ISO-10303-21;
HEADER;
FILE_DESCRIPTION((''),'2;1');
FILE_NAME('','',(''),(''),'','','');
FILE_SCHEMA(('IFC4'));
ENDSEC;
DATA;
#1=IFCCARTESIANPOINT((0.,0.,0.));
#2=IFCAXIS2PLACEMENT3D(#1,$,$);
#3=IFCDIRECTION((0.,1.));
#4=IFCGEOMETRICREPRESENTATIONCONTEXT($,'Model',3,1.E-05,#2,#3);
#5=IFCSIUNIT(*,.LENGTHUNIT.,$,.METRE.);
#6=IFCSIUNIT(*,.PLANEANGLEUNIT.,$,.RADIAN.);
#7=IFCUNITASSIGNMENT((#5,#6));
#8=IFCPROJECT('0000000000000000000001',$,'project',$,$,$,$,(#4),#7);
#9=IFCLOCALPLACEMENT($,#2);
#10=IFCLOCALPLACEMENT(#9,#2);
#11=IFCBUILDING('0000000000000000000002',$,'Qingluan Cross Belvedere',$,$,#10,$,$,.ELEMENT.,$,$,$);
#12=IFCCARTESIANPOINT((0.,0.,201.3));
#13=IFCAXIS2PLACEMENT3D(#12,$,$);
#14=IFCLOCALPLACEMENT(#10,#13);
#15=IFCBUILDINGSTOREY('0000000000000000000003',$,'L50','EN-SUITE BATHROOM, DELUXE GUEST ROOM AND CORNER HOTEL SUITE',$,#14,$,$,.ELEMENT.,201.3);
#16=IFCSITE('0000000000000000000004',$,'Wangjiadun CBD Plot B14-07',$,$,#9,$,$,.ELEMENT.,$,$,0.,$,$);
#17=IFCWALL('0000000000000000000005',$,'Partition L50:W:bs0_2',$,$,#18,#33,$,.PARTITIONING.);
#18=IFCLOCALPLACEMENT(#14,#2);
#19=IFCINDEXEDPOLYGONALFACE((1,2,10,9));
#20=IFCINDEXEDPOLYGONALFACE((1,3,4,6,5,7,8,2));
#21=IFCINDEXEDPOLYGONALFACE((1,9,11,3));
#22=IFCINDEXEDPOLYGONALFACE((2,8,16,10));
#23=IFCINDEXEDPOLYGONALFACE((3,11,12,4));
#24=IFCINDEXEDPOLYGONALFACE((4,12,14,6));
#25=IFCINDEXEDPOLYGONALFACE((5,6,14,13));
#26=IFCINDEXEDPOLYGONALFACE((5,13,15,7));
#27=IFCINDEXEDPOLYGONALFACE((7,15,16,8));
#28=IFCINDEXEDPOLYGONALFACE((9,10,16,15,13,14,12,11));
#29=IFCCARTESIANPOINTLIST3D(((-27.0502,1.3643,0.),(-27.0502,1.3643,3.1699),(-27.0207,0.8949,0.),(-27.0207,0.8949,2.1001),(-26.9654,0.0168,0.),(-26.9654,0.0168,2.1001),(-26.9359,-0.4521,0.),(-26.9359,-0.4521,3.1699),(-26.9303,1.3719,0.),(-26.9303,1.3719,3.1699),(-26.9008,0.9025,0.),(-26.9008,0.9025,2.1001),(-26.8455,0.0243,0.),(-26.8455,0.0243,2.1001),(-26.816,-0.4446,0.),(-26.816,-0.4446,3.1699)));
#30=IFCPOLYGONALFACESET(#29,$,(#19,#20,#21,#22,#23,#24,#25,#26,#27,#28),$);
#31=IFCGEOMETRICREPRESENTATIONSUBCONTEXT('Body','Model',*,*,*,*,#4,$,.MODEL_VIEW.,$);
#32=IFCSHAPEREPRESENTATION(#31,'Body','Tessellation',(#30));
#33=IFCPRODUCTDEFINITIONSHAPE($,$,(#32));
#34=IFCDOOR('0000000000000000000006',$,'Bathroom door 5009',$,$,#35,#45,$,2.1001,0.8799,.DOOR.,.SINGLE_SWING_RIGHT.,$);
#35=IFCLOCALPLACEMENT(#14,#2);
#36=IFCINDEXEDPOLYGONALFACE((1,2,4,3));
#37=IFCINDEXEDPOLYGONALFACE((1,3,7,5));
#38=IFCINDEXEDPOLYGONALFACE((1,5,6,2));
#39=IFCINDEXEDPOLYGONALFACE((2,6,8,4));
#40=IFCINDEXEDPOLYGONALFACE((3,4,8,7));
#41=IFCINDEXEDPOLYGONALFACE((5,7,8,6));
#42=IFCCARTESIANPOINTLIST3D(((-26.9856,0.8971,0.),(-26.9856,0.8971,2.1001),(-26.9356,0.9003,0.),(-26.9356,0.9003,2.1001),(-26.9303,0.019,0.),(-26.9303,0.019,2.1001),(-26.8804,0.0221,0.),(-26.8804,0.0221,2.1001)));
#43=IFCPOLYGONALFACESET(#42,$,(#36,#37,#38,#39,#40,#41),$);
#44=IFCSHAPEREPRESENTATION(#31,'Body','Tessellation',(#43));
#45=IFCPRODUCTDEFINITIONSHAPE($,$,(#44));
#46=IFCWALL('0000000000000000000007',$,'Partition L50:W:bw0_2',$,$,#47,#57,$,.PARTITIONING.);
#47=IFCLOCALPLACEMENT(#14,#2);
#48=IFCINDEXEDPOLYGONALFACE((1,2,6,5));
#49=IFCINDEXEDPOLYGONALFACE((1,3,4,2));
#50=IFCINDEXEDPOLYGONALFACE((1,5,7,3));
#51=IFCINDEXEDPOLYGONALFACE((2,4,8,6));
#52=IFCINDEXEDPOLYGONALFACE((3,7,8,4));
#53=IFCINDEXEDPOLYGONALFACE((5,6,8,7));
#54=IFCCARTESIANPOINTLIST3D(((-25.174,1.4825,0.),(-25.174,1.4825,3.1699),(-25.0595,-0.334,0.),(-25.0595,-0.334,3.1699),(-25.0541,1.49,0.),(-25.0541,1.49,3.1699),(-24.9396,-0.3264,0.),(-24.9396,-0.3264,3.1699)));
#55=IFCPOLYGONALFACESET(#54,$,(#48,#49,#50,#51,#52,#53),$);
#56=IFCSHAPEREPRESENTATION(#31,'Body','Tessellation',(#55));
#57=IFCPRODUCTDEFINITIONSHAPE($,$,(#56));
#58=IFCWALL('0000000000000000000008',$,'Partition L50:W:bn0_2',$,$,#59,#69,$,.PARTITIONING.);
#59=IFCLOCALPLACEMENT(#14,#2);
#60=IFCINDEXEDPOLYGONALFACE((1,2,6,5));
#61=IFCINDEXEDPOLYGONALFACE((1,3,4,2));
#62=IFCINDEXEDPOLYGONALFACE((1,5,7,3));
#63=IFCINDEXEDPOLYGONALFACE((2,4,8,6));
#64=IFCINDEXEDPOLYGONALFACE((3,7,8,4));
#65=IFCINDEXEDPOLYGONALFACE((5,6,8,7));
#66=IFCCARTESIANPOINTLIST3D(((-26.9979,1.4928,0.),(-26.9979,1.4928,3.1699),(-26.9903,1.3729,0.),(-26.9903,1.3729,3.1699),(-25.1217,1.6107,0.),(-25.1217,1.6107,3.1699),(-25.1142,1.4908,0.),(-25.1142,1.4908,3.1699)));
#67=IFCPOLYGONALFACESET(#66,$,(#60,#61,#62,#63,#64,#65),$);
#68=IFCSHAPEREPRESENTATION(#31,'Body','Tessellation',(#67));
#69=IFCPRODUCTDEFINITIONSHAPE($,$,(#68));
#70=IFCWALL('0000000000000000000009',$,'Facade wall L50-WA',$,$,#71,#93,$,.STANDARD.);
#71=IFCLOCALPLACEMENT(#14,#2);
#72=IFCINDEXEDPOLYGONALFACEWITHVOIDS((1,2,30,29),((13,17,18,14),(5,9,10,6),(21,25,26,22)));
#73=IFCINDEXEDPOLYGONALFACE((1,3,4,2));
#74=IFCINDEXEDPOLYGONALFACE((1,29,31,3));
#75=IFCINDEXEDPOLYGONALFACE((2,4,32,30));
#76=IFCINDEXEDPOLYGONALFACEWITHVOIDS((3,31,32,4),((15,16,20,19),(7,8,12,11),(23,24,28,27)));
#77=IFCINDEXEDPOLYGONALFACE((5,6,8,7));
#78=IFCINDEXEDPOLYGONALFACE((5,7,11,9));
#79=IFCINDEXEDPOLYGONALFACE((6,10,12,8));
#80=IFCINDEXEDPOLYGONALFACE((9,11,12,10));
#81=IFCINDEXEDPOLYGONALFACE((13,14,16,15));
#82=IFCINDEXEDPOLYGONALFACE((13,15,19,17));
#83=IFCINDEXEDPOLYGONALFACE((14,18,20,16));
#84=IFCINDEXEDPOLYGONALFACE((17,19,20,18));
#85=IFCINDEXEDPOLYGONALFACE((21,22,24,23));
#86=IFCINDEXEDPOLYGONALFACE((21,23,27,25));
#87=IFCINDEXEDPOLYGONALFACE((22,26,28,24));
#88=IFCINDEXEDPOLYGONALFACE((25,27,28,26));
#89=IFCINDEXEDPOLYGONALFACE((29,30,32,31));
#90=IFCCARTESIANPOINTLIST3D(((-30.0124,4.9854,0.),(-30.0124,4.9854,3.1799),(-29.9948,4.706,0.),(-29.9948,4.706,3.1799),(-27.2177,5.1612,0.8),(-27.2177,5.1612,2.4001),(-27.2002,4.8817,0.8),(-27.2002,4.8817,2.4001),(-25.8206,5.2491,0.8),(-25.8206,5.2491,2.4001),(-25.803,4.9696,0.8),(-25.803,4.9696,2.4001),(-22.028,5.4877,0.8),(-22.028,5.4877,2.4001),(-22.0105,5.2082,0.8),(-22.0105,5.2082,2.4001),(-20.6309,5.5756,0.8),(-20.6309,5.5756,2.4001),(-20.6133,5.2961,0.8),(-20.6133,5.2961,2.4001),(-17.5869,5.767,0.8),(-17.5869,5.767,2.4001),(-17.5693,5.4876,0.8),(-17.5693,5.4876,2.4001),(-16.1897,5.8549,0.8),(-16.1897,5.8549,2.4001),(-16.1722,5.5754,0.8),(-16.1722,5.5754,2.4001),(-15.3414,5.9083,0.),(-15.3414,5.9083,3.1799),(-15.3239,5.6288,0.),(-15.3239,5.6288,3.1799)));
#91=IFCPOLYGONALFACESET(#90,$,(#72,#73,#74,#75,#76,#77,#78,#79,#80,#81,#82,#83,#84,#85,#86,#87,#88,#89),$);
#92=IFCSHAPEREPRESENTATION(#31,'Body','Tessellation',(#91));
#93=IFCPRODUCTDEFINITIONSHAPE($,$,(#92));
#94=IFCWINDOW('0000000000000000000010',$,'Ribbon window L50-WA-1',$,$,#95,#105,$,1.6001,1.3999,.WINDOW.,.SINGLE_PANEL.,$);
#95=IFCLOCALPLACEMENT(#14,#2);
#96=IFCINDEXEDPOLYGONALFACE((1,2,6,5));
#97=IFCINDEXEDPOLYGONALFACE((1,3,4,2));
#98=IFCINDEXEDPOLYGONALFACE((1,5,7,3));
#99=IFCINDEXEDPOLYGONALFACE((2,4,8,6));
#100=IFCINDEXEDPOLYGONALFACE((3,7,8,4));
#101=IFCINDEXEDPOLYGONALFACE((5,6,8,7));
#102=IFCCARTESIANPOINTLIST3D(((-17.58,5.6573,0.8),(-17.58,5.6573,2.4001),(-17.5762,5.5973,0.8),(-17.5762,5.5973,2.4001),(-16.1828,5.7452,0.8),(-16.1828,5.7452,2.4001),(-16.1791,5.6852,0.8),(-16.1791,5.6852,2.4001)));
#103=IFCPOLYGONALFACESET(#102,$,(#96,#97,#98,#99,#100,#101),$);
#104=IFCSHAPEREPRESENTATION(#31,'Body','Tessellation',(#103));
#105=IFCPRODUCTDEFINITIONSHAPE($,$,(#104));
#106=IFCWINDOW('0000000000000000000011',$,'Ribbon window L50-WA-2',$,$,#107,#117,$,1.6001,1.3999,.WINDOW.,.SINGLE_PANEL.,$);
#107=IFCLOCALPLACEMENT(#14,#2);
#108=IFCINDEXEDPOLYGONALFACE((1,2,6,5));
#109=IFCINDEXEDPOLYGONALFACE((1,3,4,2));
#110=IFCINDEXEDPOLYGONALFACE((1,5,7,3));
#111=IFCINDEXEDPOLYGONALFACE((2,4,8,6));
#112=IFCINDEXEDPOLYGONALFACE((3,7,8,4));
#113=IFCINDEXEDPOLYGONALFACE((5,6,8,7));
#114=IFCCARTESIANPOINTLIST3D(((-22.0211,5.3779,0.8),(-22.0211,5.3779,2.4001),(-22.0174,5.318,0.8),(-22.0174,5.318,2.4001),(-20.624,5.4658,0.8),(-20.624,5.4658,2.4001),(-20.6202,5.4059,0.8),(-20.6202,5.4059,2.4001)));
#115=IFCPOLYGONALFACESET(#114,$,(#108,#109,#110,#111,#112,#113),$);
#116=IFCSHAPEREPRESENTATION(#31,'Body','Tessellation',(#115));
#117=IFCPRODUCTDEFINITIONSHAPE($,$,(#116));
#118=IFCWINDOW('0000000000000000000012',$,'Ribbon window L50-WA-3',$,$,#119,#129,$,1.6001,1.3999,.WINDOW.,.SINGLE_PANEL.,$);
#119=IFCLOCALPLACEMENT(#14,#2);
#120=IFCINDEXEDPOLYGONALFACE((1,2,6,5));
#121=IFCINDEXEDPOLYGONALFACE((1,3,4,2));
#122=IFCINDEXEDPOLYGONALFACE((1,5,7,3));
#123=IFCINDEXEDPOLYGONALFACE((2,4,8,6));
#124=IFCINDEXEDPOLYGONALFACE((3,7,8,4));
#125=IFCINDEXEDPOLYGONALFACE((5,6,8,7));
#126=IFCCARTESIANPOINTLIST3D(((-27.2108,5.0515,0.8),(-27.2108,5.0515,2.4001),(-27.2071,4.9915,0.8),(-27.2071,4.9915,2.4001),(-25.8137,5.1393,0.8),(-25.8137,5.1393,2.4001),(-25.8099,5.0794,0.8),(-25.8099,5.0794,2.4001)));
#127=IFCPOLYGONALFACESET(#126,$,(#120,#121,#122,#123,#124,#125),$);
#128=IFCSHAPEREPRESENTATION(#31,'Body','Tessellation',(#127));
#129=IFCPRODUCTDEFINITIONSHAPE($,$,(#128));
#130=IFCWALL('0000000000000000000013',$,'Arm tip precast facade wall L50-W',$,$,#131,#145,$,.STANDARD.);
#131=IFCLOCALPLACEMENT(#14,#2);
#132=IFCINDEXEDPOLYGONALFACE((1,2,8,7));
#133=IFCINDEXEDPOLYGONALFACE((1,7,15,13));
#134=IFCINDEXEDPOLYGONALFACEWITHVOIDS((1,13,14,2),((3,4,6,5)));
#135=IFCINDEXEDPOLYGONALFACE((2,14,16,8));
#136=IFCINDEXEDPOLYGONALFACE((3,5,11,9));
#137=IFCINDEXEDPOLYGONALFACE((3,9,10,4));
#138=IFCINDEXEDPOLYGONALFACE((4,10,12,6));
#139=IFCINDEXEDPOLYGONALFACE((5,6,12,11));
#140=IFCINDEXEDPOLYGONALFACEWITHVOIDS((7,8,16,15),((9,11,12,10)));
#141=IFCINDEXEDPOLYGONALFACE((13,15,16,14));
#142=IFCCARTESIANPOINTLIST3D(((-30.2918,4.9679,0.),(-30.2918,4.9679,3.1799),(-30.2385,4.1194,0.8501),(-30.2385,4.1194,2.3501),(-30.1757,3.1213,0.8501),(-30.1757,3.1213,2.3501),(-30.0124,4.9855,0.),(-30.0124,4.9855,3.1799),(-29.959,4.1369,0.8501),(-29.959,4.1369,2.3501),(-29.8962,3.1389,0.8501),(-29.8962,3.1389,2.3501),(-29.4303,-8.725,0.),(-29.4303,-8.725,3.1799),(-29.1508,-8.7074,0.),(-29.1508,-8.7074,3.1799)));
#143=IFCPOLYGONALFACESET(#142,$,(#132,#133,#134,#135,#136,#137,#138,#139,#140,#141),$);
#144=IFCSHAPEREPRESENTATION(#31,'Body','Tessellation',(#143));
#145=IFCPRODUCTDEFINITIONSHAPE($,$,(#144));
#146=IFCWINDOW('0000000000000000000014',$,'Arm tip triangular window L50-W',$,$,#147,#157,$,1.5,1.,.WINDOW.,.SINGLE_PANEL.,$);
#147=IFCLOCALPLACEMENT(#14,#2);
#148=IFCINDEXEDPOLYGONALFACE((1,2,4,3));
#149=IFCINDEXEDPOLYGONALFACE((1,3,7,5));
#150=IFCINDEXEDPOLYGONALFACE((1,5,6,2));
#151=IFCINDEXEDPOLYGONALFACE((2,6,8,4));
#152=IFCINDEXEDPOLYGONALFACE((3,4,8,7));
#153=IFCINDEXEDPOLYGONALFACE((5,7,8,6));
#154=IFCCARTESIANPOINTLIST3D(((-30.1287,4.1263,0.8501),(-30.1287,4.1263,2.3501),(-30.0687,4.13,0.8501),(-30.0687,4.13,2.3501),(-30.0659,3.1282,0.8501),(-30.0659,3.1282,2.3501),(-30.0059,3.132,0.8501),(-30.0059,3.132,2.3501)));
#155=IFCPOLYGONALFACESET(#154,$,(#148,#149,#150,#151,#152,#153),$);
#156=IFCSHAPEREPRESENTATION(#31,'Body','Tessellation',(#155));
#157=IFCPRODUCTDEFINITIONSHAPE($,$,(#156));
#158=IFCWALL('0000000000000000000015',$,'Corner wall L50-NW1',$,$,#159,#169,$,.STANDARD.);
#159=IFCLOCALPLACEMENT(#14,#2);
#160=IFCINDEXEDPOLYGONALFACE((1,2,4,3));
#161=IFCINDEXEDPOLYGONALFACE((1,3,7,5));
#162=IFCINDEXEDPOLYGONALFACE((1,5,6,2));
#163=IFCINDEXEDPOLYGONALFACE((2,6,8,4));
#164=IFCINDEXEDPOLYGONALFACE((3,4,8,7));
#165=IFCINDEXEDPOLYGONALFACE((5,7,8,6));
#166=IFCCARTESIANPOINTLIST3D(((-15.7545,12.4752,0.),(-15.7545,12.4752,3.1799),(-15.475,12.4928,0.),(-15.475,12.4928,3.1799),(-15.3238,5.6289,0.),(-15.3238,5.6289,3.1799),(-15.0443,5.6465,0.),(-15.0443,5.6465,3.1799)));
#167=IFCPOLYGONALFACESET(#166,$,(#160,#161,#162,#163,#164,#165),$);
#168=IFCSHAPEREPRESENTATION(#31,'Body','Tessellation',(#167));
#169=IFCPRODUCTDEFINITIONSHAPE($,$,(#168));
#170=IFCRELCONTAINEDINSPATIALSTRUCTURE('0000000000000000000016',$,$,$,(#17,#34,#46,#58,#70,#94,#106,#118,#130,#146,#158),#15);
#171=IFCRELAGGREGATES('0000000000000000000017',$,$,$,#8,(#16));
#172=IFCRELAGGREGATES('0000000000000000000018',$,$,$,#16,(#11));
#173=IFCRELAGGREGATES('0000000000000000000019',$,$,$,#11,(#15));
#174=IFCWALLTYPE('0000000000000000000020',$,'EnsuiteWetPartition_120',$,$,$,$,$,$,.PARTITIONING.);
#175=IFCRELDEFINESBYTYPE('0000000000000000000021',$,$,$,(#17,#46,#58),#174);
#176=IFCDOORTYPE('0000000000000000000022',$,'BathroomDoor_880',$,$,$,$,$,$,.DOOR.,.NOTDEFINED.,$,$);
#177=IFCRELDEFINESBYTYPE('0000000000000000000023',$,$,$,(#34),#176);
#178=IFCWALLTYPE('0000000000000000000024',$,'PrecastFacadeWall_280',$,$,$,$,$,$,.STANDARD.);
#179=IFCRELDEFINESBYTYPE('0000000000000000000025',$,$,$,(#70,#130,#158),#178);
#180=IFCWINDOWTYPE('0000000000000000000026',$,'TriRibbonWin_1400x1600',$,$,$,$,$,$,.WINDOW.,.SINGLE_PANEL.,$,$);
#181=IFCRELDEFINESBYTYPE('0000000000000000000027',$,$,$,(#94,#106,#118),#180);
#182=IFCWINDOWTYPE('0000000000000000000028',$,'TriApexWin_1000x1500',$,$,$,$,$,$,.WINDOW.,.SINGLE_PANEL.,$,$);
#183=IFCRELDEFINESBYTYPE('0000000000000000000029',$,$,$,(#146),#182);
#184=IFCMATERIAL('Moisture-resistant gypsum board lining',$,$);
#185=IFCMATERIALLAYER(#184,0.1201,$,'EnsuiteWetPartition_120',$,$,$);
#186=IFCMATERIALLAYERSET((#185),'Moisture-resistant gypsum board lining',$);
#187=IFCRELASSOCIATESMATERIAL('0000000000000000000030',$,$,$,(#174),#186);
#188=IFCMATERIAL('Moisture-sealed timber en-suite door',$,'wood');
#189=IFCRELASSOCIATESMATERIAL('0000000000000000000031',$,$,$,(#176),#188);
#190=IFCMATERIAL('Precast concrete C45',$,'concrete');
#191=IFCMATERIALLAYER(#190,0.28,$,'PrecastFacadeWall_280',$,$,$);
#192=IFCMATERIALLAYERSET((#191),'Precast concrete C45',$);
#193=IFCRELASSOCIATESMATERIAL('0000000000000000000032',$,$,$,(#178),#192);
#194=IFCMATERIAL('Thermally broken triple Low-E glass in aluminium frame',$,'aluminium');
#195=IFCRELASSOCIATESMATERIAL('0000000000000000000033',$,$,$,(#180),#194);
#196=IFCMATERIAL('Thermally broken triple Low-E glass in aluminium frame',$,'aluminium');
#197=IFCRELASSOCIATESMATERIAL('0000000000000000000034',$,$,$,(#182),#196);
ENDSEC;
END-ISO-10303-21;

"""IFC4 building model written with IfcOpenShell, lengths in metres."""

from ifc_helpers import new_model, si_unit, direction, frame, frame_2d, origin, place, context, subcontext, project, spatial, rectangle, extrude, material, layer, layer_set, type_object, element, fill, save


model = new_model("IFC4")

# Units and contexts
model_context = context("Model", 3, precision=1e-05, world=origin(), true_north=direction((0.0, 1.0)))
body_context = subcontext(model_context, "Body", "Model", "MODEL_VIEW")
ifc_project = project(units=[si_unit("LENGTHUNIT", "METRE"), si_unit("PLANEANGLEUNIT", "RADIAN")], contexts=[model_context])

# Site, building, storey
site_placement = place(None, origin())
site = spatial("IfcSite", under=ifc_project, at=site_placement, Name="Wangjiadun CBD Plot B14-07", CompositionType="ELEMENT", RefElevation=0.0)
building_placement = place(site_placement, origin())
building = spatial("IfcBuilding", under=site, at=building_placement, Name="Qingluan Cross Belvedere", CompositionType="ELEMENT")
storey_placement = place(building_placement, frame((0.0, 0.0, 201.3)))
storey = spatial("IfcBuildingStorey", under=building, at=storey_placement, Name="L50", Description="EN-SUITE BATHROOM, DELUXE GUEST ROOM AND CORNER HOTEL SUITE", CompositionType="ELEMENT", Elevation=201.3)

# Shared definitions
ifc_material_1 = material(Name="Moisture-resistant gypsum board lining")
ifc_layer_1 = layer(ifc_material_1, 0.1201, Name="EnsuiteWetPartition_120")
ifc_layer_set_1 = layer_set([ifc_layer_1], Name="Moisture-resistant gypsum board lining")
wall_type_1 = type_object("IfcWallType", Name="EnsuiteWetPartition_120", PredefinedType="PARTITIONING", material=ifc_layer_set_1)
ifc_material_2 = material(Name="Moisture-sealed timber en-suite door", Category="wood")
door_type_1 = type_object("IfcDoorType", Name="BathroomDoor_880", OperationType="NOTDEFINED", PredefinedType="DOOR", material=ifc_material_2)

# Wall, opening, door
wall_1_placement = place(storey_placement, frame((-26.876, -0.4485, 0.0), z_axis=(0.0, 0.0, 1.0), x_axis=(-0.062779, 0.998027, 0.0)))
wall_1 = element("IfcWall", 1, at=wall_1_placement, inside=storey, type_object=wall_type_1, Name="Partition L50:W:bs0_2", PredefinedType="PARTITIONING", context=body_context, shape_type="SweptSolid", body=[
    extrude(rectangle(XDim=1.8201, YDim=0.1201, at=frame_2d((0.9102, 0.0))), origin(), (0.0, 0.0, 1.0), 3.1699),
])
opening_1_placement = place(wall_1_placement, frame((0.47, 0.0, 0.0)))
opening_1 = element("IfcOpeningElement", 2, at=opening_1_placement, cuts=wall_1, PredefinedType="OPENING", context=body_context, shape_type="SweptSolid", body=[
    extrude(rectangle(XDim=0.8799, YDim=2.1001, at=frame_2d((0.4399, 1.05))), frame((0.0, 0.0701, 0.0), z_axis=(0.0, -1.0, 0.0), x_axis=(1.0, 0.0, 0.0)), (0.0, 0.0, 1.0), 0.1401),
])
door_1_placement = place(opening_1_placement, origin())
door_1 = element("IfcDoor", 3, at=door_1_placement, inside=storey, type_object=door_type_1, Name="Bathroom door 5009", OperationType="SINGLE_SWING_RIGHT", OverallHeight=2.1001, OverallWidth=0.8799, PredefinedType="DOOR", context=body_context, shape_type="SweptSolid", body=[
    extrude(rectangle(XDim=0.8799, YDim=2.1001, at=frame_2d((0.4399, 1.05))), frame((0.0, 0.0249, 0.0), z_axis=(0.0, -1.0, 0.0), x_axis=(1.0, 0.0, 0.0)), (0.0, 0.0, 1.0), 0.05),
])
fill(opening_1, door_1)

# Walls
wall_2_placement = place(storey_placement, frame((-24.9995, -0.3303, 0.0), z_axis=(0.0, 0.0, 1.0), x_axis=(-0.062913, 0.998019, 0.0)))
element("IfcWall", 4, at=wall_2_placement, inside=storey, type_object=wall_type_1, Name="Partition L50:W:bw0_2", PredefinedType="PARTITIONING", context=body_context, shape_type="SweptSolid", body=[
    extrude(rectangle(XDim=1.8201, YDim=0.1201, at=frame_2d((0.9102, 0.0))), origin(), (0.0, 0.0, 1.0), 3.1699),
])
wall_3_placement = place(storey_placement, frame((-25.1179, 1.5508, 0.0), z_axis=(0.0, 0.0, 1.0), x_axis=(-0.998031, -0.062726, 0.0)))
element("IfcWall", 5, at=wall_3_placement, inside=storey, type_object=wall_type_1, Name="Partition L50:W:bn0_2", PredefinedType="PARTITIONING", context=body_context, shape_type="SweptSolid", body=[
    extrude(rectangle(XDim=1.8799, YDim=0.1201, at=frame_2d((0.9399, 0.0))), origin(), (0.0, 0.0, 1.0), 3.1699),
])

# Wall, openings, windows
ifc_material_3 = material(Name="Precast concrete C45", Category="concrete")
ifc_layer_2 = layer(ifc_material_3, 0.28, Name="PrecastFacadeWall_280")
ifc_layer_set_2 = layer_set([ifc_layer_2], Name="Precast concrete C45")
wall_type_2 = type_object("IfcWallType", Name="PrecastFacadeWall_280", PredefinedType="STANDARD", material=ifc_layer_set_2)
wall_4_placement = place(storey_placement, frame((-15.3325, 5.7686, 0.0), z_axis=(0.0, 0.0, 1.0), x_axis=(-0.998027, -0.062779, 0.0)))
wall_4 = element("IfcWall", 6, at=wall_4_placement, inside=storey, type_object=wall_type_2, Name="Facade wall L50-WA", PredefinedType="STANDARD", context=body_context, shape_type="SweptSolid", body=[
    extrude(rectangle(XDim=14.7, YDim=0.28, at=frame_2d((7.3501, 0.0))), origin(), (0.0, 0.0, 1.0), 3.1799),
])
opening_2_placement = place(wall_4_placement, frame((0.8501, 0.0, 0.8)))
opening_2 = element("IfcOpeningElement", 7, at=opening_2_placement, cuts=wall_4, PredefinedType="OPENING", context=body_context, shape_type="SweptSolid", body=[
    extrude(rectangle(XDim=1.3999, YDim=1.6001, at=frame_2d((0.7, 0.8))), frame((0.0, 0.1499, 0.0), z_axis=(0.0, -1.0, 0.0), x_axis=(1.0, 0.0, 0.0)), (0.0, 0.0, 1.0), 0.3),
])
opening_3_placement = place(wall_4_placement, frame((5.3, 0.0, 0.8)))
opening_3 = element("IfcOpeningElement", 8, at=opening_3_placement, cuts=wall_4, PredefinedType="OPENING", context=body_context, shape_type="SweptSolid", body=[
    extrude(rectangle(XDim=1.3999, YDim=1.6001, at=frame_2d((0.7, 0.8))), frame((0.0, 0.1499, 0.0), z_axis=(0.0, -1.0, 0.0), x_axis=(1.0, 0.0, 0.0)), (0.0, 0.0, 1.0), 0.3),
])
opening_4_placement = place(wall_4_placement, frame((10.5, 0.0, 0.8)))
opening_4 = element("IfcOpeningElement", 9, at=opening_4_placement, cuts=wall_4, PredefinedType="OPENING", context=body_context, shape_type="SweptSolid", body=[
    extrude(rectangle(XDim=1.3999, YDim=1.6001, at=frame_2d((0.7, 0.8))), frame((0.0, 0.1499, 0.0), z_axis=(0.0, -1.0, 0.0), x_axis=(1.0, 0.0, 0.0)), (0.0, 0.0, 1.0), 0.3),
])
ifc_material_4 = material(Name="Thermally broken triple Low-E glass in aluminium frame", Category="aluminium")
window_type_1 = type_object("IfcWindowType", Name="TriRibbonWin_1400x1600", PartitioningType="SINGLE_PANEL", PredefinedType="WINDOW", material=ifc_material_4)
window_1_placement = place(opening_2_placement, origin())
window_1 = element("IfcWindow", 10, at=window_1_placement, inside=storey, type_object=window_type_1, Name="Ribbon window L50-WA-1", OverallHeight=1.6001, OverallWidth=1.3999, PartitioningType="SINGLE_PANEL", PredefinedType="WINDOW", context=body_context, shape_type="SweptSolid", body=[
    extrude(rectangle(XDim=1.3999, YDim=1.6001, at=frame_2d((0.7, 0.8))), frame((0.0, 0.03, 0.0), z_axis=(0.0, -1.0, 0.0), x_axis=(1.0, 0.0, 0.0)), (0.0, 0.0, 1.0), 0.0601),
])
fill(opening_2, window_1)
window_2_placement = place(opening_3_placement, origin())
window_2 = element("IfcWindow", 11, at=window_2_placement, inside=storey, type_object=window_type_1, Name="Ribbon window L50-WA-2", OverallHeight=1.6001, OverallWidth=1.3999, PartitioningType="SINGLE_PANEL", PredefinedType="WINDOW", context=body_context, shape_type="SweptSolid", body=[
    extrude(rectangle(XDim=1.3999, YDim=1.6001, at=frame_2d((0.7, 0.8))), frame((0.0, 0.03, 0.0), z_axis=(0.0, -1.0, 0.0), x_axis=(1.0, 0.0, 0.0)), (0.0, 0.0, 1.0), 0.0601),
])
fill(opening_3, window_2)
window_3_placement = place(opening_4_placement, origin())
window_3 = element("IfcWindow", 12, at=window_3_placement, inside=storey, type_object=window_type_1, Name="Ribbon window L50-WA-3", OverallHeight=1.6001, OverallWidth=1.3999, PartitioningType="SINGLE_PANEL", PredefinedType="WINDOW", context=body_context, shape_type="SweptSolid", body=[
    extrude(rectangle(XDim=1.3999, YDim=1.6001, at=frame_2d((0.7, 0.8))), frame((0.0, 0.03, 0.0), z_axis=(0.0, -1.0, 0.0), x_axis=(1.0, 0.0, 0.0)), (0.0, 0.0, 1.0), 0.0601),
])
fill(opening_4, window_3)

# Wall, opening, window
wall_5_placement = place(storey_placement, frame((-30.1521, 4.9766, 0.0), z_axis=(0.0, 0.0, 1.0), x_axis=(0.062797, -0.998026, 0.0)))
wall_5 = element("IfcWall", 13, at=wall_5_placement, inside=storey, type_object=wall_type_2, Name="Arm tip precast facade wall L50-W", PredefinedType="STANDARD", context=body_context, shape_type="SweptSolid", body=[
    extrude(rectangle(XDim=13.72, YDim=0.28, at=frame_2d((6.8599, 0.0))), origin(), (0.0, 0.0, 1.0), 3.1799),
])
opening_5_placement = place(wall_5_placement, frame((0.8501, 0.0, 0.8501)))
opening_5 = element("IfcOpeningElement", 14, at=opening_5_placement, cuts=wall_5, PredefinedType="OPENING", context=body_context, shape_type="SweptSolid", body=[
    extrude(rectangle(XDim=1.0, YDim=1.5, at=frame_2d((0.5, 0.75))), frame((0.0, 0.1499, 0.0), z_axis=(0.0, -1.0, 0.0), x_axis=(1.0, 0.0, 0.0)), (0.0, 0.0, 1.0), 0.3),
])
ifc_material_5 = material(Name="Thermally broken triple Low-E glass in aluminium frame", Category="aluminium")
window_type_2 = type_object("IfcWindowType", Name="TriApexWin_1000x1500", PartitioningType="SINGLE_PANEL", PredefinedType="WINDOW", material=ifc_material_5)
window_4_placement = place(opening_5_placement, origin())
window_4 = element("IfcWindow", 15, at=window_4_placement, inside=storey, type_object=window_type_2, Name="Arm tip triangular window L50-W", OverallHeight=1.5, OverallWidth=1.0, PartitioningType="SINGLE_PANEL", PredefinedType="WINDOW", context=body_context, shape_type="SweptSolid", body=[
    extrude(rectangle(XDim=1.0, YDim=1.5, at=frame_2d((0.5, 0.75))), frame((0.0, 0.03, 0.0), z_axis=(0.0, -1.0, 0.0), x_axis=(1.0, 0.0, 0.0)), (0.0, 0.0, 1.0), 0.0601),
])
fill(opening_5, window_4)

# Wall
wall_6_placement = place(storey_placement, frame((-15.1841, 5.6377, 0.0), z_axis=(0.0, 0.0, 1.0), x_axis=(-0.062779, 0.998027, 0.0)))
element("IfcWall", 16, at=wall_6_placement, inside=storey, type_object=wall_type_2, Name="Corner wall L50-NW1", PredefinedType="STANDARD", context=body_context, shape_type="SweptSolid", body=[
    extrude(rectangle(XDim=6.8599, YDim=0.28, at=frame_2d((3.4299, 0.0))), origin(), (0.0, 0.0, 1.0), 3.1799),
])

save(model, "model.ifc")
